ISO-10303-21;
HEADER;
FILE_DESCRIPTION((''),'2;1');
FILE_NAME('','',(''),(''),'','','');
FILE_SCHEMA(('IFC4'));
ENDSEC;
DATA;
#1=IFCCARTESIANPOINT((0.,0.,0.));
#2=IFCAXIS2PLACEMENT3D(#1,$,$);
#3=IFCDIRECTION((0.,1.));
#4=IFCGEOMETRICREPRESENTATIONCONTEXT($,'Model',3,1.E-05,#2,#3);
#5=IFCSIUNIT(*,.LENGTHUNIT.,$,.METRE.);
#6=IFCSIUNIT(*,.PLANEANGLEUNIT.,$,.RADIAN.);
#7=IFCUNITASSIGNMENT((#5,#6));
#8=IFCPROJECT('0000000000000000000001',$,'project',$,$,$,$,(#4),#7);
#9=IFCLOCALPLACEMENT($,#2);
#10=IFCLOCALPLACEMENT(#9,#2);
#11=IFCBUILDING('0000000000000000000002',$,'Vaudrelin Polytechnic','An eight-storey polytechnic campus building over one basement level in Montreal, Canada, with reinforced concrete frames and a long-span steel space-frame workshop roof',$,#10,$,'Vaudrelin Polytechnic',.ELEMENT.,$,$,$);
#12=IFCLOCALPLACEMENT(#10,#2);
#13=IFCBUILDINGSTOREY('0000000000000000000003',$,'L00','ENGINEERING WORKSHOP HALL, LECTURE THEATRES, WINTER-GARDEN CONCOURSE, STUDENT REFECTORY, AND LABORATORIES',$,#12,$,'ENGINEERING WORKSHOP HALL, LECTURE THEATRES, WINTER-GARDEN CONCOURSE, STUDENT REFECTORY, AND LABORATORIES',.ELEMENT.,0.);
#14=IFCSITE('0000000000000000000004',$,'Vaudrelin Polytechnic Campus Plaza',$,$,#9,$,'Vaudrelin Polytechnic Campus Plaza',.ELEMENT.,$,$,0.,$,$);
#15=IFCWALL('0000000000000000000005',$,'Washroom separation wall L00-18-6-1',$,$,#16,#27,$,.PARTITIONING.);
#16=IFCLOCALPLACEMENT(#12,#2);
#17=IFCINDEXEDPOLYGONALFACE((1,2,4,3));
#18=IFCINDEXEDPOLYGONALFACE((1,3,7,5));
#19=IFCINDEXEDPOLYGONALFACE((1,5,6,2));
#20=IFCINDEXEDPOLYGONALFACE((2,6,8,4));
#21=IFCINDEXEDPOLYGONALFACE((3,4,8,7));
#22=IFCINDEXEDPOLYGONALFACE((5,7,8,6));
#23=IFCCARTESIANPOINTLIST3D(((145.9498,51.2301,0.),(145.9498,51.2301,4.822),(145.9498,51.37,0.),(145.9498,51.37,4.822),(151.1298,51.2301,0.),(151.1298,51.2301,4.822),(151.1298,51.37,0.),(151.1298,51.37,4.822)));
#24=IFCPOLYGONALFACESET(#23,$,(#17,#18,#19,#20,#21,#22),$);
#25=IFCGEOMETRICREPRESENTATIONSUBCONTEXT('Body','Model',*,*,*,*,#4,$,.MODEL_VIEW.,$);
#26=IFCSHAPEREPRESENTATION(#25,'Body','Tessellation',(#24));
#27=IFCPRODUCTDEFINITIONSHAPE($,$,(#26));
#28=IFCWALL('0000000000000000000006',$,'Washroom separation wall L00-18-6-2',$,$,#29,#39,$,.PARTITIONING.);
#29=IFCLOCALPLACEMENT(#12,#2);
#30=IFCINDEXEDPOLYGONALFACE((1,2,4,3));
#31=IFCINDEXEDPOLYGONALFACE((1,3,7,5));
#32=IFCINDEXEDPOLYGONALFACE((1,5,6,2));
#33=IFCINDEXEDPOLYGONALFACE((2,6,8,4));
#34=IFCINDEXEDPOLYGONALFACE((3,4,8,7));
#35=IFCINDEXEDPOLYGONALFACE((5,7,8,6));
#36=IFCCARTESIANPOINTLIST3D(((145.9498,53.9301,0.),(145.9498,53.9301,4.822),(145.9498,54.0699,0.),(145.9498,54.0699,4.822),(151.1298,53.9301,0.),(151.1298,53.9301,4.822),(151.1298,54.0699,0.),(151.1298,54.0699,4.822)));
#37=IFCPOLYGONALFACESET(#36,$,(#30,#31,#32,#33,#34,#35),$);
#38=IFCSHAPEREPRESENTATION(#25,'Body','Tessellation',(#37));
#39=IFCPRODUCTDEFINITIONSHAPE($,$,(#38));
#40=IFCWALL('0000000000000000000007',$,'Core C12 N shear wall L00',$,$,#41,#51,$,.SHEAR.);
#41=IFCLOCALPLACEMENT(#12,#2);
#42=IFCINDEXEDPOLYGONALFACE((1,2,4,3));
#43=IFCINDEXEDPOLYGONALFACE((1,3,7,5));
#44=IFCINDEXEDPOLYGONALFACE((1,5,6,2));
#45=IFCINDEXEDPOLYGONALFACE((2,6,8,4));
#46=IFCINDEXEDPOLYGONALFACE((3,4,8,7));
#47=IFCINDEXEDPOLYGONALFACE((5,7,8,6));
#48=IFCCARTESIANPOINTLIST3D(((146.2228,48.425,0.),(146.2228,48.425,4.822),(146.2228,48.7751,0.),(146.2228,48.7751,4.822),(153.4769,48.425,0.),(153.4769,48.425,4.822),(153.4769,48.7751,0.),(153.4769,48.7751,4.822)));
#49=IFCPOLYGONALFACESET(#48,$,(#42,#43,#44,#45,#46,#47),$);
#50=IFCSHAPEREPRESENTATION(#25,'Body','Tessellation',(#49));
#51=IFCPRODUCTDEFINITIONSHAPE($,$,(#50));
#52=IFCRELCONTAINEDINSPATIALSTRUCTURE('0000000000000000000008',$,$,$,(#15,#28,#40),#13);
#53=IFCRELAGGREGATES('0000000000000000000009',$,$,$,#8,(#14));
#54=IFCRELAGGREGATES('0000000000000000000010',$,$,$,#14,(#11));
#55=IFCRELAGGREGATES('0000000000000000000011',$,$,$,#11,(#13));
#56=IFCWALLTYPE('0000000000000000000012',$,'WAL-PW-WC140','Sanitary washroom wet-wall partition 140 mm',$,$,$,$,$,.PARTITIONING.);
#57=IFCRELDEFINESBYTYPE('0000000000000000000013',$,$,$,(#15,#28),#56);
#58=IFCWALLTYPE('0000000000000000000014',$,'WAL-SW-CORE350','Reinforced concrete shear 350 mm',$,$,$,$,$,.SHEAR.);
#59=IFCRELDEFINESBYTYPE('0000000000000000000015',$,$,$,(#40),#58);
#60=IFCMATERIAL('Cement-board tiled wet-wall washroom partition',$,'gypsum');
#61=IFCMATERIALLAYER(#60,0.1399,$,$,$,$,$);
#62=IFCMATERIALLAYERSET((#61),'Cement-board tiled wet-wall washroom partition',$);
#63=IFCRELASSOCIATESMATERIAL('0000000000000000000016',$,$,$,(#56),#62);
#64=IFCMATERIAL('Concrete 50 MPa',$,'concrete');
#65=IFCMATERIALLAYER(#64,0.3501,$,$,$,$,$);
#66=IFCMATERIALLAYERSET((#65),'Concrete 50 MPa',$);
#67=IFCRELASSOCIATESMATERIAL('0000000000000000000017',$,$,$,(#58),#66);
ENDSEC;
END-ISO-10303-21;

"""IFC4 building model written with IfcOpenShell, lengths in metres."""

from ifc_helpers import new_model, si_unit, direction, frame, frame_2d, origin, place, context, subcontext, project, spatial, rectangle, extrude, material, layer, layer_set, type_object, element, save


model = new_model("IFC4")

# Units and contexts
model_context = context("Model", 3, precision=1e-05, world=origin(), true_north=direction((0.0, 1.0)))
body_context = subcontext(model_context, "Body", "Model", "MODEL_VIEW")
ifc_project = project(units=[si_unit("LENGTHUNIT", "METRE"), si_unit("PLANEANGLEUNIT", "RADIAN")], contexts=[model_context])

# Site, building, storey
site_placement = place(None, origin())
site = spatial("IfcSite", under=ifc_project, at=site_placement, Name="Vaudrelin Polytechnic Campus Plaza", LongName="Vaudrelin Polytechnic Campus Plaza", CompositionType="ELEMENT", RefElevation=0.0)
building_placement = place(site_placement, origin())
building = spatial("IfcBuilding", under=site, at=building_placement, Name="Vaudrelin Polytechnic", Description="An eight-storey polytechnic campus building over one basement level in Montreal, Canada, with reinforced concrete frames and a long-span steel space-frame workshop roof", LongName="Vaudrelin Polytechnic", CompositionType="ELEMENT")
storey_placement = place(building_placement, origin())
storey = spatial("IfcBuildingStorey", under=building, at=storey_placement, Name="L00", Description="ENGINEERING WORKSHOP HALL, LECTURE THEATRES, WINTER-GARDEN CONCOURSE, STUDENT REFECTORY, AND LABORATORIES", LongName="ENGINEERING WORKSHOP HALL, LECTURE THEATRES, WINTER-GARDEN CONCOURSE, STUDENT REFECTORY, AND LABORATORIES", CompositionType="ELEMENT", Elevation=0.0)

# Shared definitions
ifc_material_1 = material(Name="Concrete 50 MPa", Category="concrete")

# Shared definitions
ifc_material_2 = material(Name="Cement-board tiled wet-wall washroom partition", Category="gypsum")
ifc_layer_1 = layer(ifc_material_2, 0.1399)
ifc_layer_set_1 = layer_set([ifc_layer_1], Name="Cement-board tiled wet-wall washroom partition")
wall_type_1 = type_object("IfcWallType", Name="WAL-PW-WC140", Description="Sanitary washroom wet-wall partition 140 mm", PredefinedType="PARTITIONING", material=ifc_layer_set_1)

# Walls
for number, where, z_axis, x_axis, name in (
    (1, (145.95, 51.3, 0.0), (0.0, 0.0, 1.0), (1.0, 0.0, 0.0), "Washroom separation wall L00-18-6-1"),
    (2, (145.95, 54.0, 0.0), (0.0, 0.0, 1.0), (1.0, 0.0, 0.0), "Washroom separation wall L00-18-6-2"),
):
    element("IfcWall", number, at=place(storey_placement, frame(where, z_axis=z_axis, x_axis=x_axis)), inside=storey, type_object=wall_type_1, Name=name, PredefinedType="PARTITIONING", context=body_context, shape_type="SweptSolid", body=[
        extrude(rectangle(XDim=5.1799, YDim=0.1399, at=frame_2d((2.5898, 0.0))), origin(), (0.0, 0.0, 1.0), 4.822),
    ])
ifc_layer_2 = layer(ifc_material_1, 0.3501)
ifc_layer_set_2 = layer_set([ifc_layer_2], Name="Concrete 50 MPa")
wall_type_2 = type_object("IfcWallType", Name="WAL-SW-CORE350", Description="Reinforced concrete shear 350 mm", PredefinedType="SHEAR", material=ifc_layer_set_2)
wall_1_placement = place(storey_placement, frame((146.2229, 48.6001, 0.0), z_axis=(0.0, 0.0, 1.0), x_axis=(1.0, 0.0, 0.0)))
element("IfcWall", 3, at=wall_1_placement, inside=storey, type_object=wall_type_2, Name="Core C12 N shear wall L00", PredefinedType="SHEAR", context=body_context, shape_type="SweptSolid", body=[
    extrude(rectangle(XDim=7.2542, YDim=0.3501, at=frame_2d((3.627, 0.0))), origin(), (0.0, 0.0, 1.0), 4.822),
])

save(model, "model.ifc")
